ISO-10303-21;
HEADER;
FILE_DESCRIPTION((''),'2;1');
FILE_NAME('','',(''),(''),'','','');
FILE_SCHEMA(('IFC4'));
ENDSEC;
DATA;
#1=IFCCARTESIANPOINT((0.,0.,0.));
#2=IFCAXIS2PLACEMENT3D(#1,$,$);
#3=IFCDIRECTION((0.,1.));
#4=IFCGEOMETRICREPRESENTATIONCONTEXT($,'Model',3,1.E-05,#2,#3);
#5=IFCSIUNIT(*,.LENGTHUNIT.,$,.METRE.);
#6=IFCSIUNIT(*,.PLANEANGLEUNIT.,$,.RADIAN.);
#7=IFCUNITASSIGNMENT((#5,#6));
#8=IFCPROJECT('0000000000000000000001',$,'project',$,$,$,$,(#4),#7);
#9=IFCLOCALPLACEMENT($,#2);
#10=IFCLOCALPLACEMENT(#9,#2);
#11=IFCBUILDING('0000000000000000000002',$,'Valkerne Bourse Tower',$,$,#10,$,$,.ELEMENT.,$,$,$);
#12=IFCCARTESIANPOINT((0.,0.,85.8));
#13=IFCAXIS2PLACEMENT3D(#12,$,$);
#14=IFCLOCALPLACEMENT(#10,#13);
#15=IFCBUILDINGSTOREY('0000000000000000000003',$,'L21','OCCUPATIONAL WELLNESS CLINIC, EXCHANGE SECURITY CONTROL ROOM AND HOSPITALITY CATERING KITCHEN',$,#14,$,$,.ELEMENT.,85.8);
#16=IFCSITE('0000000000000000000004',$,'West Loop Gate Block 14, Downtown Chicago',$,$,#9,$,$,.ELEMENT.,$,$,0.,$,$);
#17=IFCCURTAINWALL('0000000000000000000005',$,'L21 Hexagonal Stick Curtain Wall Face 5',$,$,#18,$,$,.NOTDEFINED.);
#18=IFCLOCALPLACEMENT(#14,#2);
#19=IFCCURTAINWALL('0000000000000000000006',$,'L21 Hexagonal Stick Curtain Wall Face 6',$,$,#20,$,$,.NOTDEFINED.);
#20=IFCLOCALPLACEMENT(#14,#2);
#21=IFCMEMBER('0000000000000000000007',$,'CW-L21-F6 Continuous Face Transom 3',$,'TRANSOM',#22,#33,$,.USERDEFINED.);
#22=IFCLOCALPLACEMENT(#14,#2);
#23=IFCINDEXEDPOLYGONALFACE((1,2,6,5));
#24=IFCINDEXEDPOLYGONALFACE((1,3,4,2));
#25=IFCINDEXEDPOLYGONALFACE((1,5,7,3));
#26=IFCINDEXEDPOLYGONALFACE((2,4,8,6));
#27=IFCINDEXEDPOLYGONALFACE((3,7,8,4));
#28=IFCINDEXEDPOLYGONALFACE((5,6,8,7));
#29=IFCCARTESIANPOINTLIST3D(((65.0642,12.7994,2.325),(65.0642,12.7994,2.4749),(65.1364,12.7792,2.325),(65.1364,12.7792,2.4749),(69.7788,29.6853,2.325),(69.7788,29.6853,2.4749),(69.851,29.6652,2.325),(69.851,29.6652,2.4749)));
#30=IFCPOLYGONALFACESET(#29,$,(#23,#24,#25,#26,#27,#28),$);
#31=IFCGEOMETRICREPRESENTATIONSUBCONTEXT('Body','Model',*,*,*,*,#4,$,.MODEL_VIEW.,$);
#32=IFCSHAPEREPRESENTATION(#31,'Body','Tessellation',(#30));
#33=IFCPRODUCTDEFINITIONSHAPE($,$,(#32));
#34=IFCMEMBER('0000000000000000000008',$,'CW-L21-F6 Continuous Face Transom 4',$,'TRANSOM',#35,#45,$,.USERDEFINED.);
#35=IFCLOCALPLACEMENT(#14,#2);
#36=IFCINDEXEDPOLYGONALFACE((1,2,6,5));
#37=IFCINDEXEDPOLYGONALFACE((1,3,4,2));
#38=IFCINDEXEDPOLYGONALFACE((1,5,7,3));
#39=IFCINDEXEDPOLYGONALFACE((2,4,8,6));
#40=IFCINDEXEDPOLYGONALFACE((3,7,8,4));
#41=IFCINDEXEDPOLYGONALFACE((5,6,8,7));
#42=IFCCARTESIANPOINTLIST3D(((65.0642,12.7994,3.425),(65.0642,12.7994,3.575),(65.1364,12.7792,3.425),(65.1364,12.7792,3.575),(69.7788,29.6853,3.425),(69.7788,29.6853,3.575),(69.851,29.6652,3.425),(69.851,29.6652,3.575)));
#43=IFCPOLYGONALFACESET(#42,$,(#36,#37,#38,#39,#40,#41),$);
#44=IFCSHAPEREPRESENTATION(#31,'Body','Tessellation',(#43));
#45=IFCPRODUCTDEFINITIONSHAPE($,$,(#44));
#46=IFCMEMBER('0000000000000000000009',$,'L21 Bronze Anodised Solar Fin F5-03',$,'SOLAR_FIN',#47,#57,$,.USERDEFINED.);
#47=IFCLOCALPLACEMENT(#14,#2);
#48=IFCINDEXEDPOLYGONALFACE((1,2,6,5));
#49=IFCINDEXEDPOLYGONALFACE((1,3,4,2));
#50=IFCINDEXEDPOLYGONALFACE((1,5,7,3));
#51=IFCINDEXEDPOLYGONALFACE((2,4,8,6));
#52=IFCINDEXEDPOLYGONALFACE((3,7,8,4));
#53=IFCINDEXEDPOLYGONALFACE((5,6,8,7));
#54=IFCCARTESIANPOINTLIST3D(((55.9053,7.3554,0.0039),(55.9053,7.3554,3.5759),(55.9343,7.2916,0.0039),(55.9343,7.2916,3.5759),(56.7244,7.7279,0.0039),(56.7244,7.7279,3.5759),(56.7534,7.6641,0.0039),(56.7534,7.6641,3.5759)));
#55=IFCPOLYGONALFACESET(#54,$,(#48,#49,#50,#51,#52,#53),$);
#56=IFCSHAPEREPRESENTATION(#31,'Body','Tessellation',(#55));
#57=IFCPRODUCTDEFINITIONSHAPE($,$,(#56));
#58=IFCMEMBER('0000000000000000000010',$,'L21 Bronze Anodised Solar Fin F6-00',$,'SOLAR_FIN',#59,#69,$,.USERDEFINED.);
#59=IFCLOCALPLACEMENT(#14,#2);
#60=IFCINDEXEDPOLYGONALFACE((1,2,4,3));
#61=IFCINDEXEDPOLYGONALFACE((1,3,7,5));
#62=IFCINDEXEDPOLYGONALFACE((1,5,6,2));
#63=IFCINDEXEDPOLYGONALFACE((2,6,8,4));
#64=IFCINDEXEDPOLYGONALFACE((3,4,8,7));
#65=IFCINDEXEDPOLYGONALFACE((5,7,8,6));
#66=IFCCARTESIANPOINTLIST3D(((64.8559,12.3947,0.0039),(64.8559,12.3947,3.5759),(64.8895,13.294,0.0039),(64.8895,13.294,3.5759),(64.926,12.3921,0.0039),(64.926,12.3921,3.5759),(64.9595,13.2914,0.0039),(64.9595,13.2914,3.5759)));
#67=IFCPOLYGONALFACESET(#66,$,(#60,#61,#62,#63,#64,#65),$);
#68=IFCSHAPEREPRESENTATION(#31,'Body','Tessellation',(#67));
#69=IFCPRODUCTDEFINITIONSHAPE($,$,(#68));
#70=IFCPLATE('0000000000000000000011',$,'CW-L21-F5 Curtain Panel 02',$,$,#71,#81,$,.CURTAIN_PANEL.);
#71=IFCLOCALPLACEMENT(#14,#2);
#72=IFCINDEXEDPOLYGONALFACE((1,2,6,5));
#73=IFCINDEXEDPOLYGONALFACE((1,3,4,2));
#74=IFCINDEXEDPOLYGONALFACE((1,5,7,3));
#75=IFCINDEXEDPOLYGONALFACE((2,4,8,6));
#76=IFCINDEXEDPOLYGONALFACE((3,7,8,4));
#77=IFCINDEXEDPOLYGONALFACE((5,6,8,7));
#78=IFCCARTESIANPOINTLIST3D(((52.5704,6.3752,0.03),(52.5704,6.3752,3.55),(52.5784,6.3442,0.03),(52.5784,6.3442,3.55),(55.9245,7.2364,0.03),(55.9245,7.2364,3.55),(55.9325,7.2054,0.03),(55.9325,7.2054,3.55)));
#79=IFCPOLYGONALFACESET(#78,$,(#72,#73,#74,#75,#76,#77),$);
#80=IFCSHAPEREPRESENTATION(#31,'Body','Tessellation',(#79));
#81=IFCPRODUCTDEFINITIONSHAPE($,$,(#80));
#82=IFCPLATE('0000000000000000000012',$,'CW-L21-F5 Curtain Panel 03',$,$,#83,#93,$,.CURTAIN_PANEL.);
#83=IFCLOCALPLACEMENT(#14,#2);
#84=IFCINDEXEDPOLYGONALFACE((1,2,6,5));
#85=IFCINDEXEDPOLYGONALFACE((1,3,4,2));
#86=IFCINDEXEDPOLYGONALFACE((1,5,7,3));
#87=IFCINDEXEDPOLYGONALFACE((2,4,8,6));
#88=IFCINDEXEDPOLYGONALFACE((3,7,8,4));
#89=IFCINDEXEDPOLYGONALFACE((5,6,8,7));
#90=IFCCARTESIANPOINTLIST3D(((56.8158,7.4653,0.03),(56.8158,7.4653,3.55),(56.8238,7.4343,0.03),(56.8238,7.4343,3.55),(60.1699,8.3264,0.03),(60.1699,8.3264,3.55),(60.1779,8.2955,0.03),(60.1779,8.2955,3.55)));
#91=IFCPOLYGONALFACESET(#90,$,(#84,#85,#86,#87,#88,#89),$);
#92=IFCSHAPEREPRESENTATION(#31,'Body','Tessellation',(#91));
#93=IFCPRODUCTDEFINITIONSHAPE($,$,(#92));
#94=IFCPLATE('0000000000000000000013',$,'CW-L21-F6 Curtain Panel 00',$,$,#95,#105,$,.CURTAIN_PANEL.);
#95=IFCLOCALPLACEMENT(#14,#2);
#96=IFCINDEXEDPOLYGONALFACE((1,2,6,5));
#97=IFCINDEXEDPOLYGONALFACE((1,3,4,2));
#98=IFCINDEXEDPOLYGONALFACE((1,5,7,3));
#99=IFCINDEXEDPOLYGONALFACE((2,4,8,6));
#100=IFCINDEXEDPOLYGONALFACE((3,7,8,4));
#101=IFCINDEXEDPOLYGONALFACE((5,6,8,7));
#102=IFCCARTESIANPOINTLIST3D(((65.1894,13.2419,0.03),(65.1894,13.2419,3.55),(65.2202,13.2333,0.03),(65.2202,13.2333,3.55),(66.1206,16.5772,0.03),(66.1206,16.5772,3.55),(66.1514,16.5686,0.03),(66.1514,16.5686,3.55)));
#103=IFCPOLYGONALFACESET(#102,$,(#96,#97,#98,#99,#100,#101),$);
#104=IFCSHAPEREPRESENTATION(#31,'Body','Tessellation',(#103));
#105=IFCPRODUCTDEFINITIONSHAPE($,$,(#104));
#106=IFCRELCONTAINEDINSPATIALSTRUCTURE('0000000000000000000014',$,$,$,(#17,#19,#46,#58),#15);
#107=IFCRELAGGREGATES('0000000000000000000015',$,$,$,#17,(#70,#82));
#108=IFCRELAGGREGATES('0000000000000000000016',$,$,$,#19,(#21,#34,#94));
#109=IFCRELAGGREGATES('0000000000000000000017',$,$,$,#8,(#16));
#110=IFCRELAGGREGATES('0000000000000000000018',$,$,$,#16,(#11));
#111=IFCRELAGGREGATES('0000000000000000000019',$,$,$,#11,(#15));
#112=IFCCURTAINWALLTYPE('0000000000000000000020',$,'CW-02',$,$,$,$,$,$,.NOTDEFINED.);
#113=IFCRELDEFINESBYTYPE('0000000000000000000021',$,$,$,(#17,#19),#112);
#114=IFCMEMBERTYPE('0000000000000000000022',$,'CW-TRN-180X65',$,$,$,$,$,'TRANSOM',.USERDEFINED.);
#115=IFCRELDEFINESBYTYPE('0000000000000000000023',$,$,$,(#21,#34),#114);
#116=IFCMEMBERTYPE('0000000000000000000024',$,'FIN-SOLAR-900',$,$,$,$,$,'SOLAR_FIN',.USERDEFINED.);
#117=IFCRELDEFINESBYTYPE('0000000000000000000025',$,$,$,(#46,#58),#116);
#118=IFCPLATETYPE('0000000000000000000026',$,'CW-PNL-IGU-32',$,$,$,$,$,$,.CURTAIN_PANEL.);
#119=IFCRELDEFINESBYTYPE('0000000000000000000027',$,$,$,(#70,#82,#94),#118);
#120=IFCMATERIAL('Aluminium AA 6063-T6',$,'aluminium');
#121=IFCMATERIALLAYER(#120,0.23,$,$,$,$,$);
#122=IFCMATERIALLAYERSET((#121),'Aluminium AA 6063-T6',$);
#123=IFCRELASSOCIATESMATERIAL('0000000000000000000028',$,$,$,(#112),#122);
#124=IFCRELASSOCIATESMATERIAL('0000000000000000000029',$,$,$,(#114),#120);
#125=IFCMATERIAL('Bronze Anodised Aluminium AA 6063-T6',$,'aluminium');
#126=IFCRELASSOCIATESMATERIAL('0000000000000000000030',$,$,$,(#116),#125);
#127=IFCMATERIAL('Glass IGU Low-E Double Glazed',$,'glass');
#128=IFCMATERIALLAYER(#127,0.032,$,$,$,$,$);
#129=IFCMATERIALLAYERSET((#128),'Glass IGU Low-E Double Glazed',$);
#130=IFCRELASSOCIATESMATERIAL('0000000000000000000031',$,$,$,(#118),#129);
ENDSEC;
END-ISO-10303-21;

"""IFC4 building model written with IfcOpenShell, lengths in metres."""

from ifc_helpers import new_model, si_unit, direction, frame, origin, origin_2d, place, context, subcontext, project, spatial, rectangle, extrude, material, layer, layer_set, material_profile, profile_set, type_object, element, aggregate, save


model = new_model("IFC4")

# Units and contexts
model_context = context("Model", 3, precision=1e-05, world=origin(), true_north=direction((0.0, 1.0)))
body_context = subcontext(model_context, "Body", "Model", "MODEL_VIEW")
ifc_project = project(units=[si_unit("LENGTHUNIT", "METRE"), si_unit("PLANEANGLEUNIT", "RADIAN")], contexts=[model_context])

# Site, building, storey
site_placement = place(None, origin())
site = spatial("IfcSite", under=ifc_project, at=site_placement, Name="West Loop Gate Block 14, Downtown Chicago", CompositionType="ELEMENT", RefElevation=0.0)
building_placement = place(site_placement, origin())
building = spatial("IfcBuilding", under=site, at=building_placement, Name="Valkerne Bourse Tower", CompositionType="ELEMENT")
storey_placement = place(building_placement, frame((0.0, 0.0, 85.8)))
storey = spatial("IfcBuildingStorey", under=building, at=storey_placement, Name="L21", Description="OCCUPATIONAL WELLNESS CLINIC, EXCHANGE SECURITY CONTROL ROOM AND HOSPITALITY CATERING KITCHEN", CompositionType="ELEMENT", Elevation=85.8)

# Curtain walls, members
ifc_material_1 = material(Name="Aluminium AA 6063-T6", Category="aluminium")
ifc_layer_1 = layer(ifc_material_1, 0.23)
ifc_layer_set_1 = layer_set([ifc_layer_1], Name="Aluminium AA 6063-T6")
curtain_wall_type = type_object("IfcCurtainWallType", Name="CW-02", PredefinedType="NOTDEFINED", material=ifc_layer_set_1)
curtain_wall_1_placement = place(storey_placement, origin())
curtain_wall_1 = element("IfcCurtainWall", 1, at=curtain_wall_1_placement, inside=storey, type_object=curtain_wall_type, Name="L21 Hexagonal Stick Curtain Wall Face 5", PredefinedType="NOTDEFINED")
curtain_wall_2_placement = place(storey_placement, origin())
curtain_wall_2 = element("IfcCurtainWall", 2, at=curtain_wall_2_placement, inside=storey, type_object=curtain_wall_type, Name="L21 Hexagonal Stick Curtain Wall Face 6", PredefinedType="NOTDEFINED")
ifc_material_profile_1 = material_profile(ifc_material_1, rectangle(XDim=0.075, YDim=0.1499, at=origin_2d()), Name="CWT-75X150")
ifc_profile_set_1 = profile_set([ifc_material_profile_1], Name="Aluminium AA 6063-T6")
member_type_1 = type_object("IfcMemberType", Name="CW-TRN-180X65", ElementType="TRANSOM", PredefinedType="USERDEFINED", material=ifc_profile_set_1)
member_1_placement = place(storey_placement, frame((65.1003, 12.7893, 2.3999), z_axis=(0.268917, 0.963163, 0.0), x_axis=(-0.963163, 0.268917, 0.0)))
member_1 = element("IfcMember", 3, at=member_1_placement, type_object=member_type_1, Name="CW-L21-F6 Continuous Face Transom 3", ObjectType="TRANSOM", PredefinedType="USERDEFINED", context=body_context, shape_type="SweptSolid", body=[
    extrude(rectangle(XDim=0.075, YDim=0.1499, at=origin_2d()), origin(), (0.0, 0.0, 1.0), 17.5317),
])
member_2_placement = place(storey_placement, frame((65.1003, 12.7893, 3.5), z_axis=(0.268917, 0.963163, 0.0), x_axis=(-0.963163, 0.268917, 0.0)))
member_2 = element("IfcMember", 4, at=member_2_placement, type_object=member_type_1, Name="CW-L21-F6 Continuous Face Transom 4", ObjectType="TRANSOM", PredefinedType="USERDEFINED", context=body_context, shape_type="SweptSolid", body=[
    extrude(rectangle(XDim=0.075, YDim=0.1499, at=origin_2d()), origin(), (0.0, 0.0, 1.0), 17.5317),
])

# Members
ifc_material_2 = material(Name="Bronze Anodised Aluminium AA 6063-T6", Category="aluminium")
ifc_material_profile_2 = material_profile(ifc_material_2, rectangle(XDim=0.0701, YDim=0.8999, at=origin_2d()), Name="FIN-70X900")
ifc_profile_set_2 = profile_set([ifc_material_profile_2], Name="Bronze Anodised Aluminium AA 6063-T6")
member_type_2 = type_object("IfcMemberType", Name="FIN-SOLAR-900", ElementType="SOLAR_FIN", PredefinedType="USERDEFINED", material=ifc_profile_set_2)
for number, where, z_axis, x_axis, name in (
    (5, (56.3293, 7.5098, 0.0039), (0.0, 0.0, 1.0), (0.413957, -0.910296, 0.0), "L21 Bronze Anodised Solar Fin F5-03"),
    (6, (64.9077, 12.843, 0.0039), (0.0, 0.0, 1.0), (0.999306, -0.037246, 0.0), "L21 Bronze Anodised Solar Fin F6-00"),
):
    element("IfcMember", number, at=place(storey_placement, frame(where, z_axis=z_axis, x_axis=x_axis)), inside=storey, type_object=member_type_2, Name=name, ObjectType="SOLAR_FIN", PredefinedType="USERDEFINED", context=body_context, shape_type="SweptSolid", body=[
        extrude(rectangle(XDim=0.0701, YDim=0.8999, at=origin_2d()), origin(), (0.0, 0.0, 1.0), 3.572),
    ])

# Plates
ifc_material_3 = material(Name="Glass IGU Low-E Double Glazed", Category="glass")
ifc_layer_2 = layer(ifc_material_3, 0.032)
ifc_layer_set_2 = layer_set([ifc_layer_2], Name="Glass IGU Low-E Double Glazed")
plate_type = type_object("IfcPlateType", Name="CW-PNL-IGU-32", PredefinedType="CURTAIN_PANEL", material=ifc_layer_set_2)
plate_1_placement = place(storey_placement, frame((54.2515, 6.7903, 0.03), z_axis=(0.0, 0.0, 1.0), x_axis=(0.968584, 0.248688, 0.0)))
plate_1 = element("IfcPlate", 7, at=plate_1_placement, type_object=plate_type, Name="CW-L21-F5 Curtain Panel 02", PredefinedType="CURTAIN_PANEL", context=body_context, shape_type="SweptSolid", body=[
    extrude(rectangle(XDim=3.4629, YDim=0.032, at=origin_2d()), origin(), (0.0, 0.0, 1.0), 3.52),
])
plate_2_placement = place(storey_placement, frame((58.4968, 7.8804, 0.03), z_axis=(0.0, 0.0, 1.0), x_axis=(0.968584, 0.248688, 0.0)))
plate_2 = element("IfcPlate", 8, at=plate_2_placement, type_object=plate_type, Name="CW-L21-F5 Curtain Panel 03", PredefinedType="CURTAIN_PANEL", context=body_context, shape_type="SweptSolid", body=[
    extrude(rectangle(XDim=3.4629, YDim=0.032, at=origin_2d()), origin(), (0.0, 0.0, 1.0), 3.52),
])
aggregate(curtain_wall_1, [plate_1, plate_2])
plate_3_placement = place(storey_placement, frame((65.6704, 14.9053, 0.03), z_axis=(0.0, 0.0, 1.0), x_axis=(0.2689, 0.963168, 0.0)))
plate_3 = element("IfcPlate", 9, at=plate_3_placement, type_object=plate_type, Name="CW-L21-F6 Curtain Panel 00", PredefinedType="CURTAIN_PANEL", context=body_context, shape_type="SweptSolid", body=[
    extrude(rectangle(XDim=3.4629, YDim=0.032, at=origin_2d()), origin(), (0.0, 0.0, 1.0), 3.52),
])
aggregate(curtain_wall_2, [member_1, member_2, plate_3])

save(model, "model.ifc")
